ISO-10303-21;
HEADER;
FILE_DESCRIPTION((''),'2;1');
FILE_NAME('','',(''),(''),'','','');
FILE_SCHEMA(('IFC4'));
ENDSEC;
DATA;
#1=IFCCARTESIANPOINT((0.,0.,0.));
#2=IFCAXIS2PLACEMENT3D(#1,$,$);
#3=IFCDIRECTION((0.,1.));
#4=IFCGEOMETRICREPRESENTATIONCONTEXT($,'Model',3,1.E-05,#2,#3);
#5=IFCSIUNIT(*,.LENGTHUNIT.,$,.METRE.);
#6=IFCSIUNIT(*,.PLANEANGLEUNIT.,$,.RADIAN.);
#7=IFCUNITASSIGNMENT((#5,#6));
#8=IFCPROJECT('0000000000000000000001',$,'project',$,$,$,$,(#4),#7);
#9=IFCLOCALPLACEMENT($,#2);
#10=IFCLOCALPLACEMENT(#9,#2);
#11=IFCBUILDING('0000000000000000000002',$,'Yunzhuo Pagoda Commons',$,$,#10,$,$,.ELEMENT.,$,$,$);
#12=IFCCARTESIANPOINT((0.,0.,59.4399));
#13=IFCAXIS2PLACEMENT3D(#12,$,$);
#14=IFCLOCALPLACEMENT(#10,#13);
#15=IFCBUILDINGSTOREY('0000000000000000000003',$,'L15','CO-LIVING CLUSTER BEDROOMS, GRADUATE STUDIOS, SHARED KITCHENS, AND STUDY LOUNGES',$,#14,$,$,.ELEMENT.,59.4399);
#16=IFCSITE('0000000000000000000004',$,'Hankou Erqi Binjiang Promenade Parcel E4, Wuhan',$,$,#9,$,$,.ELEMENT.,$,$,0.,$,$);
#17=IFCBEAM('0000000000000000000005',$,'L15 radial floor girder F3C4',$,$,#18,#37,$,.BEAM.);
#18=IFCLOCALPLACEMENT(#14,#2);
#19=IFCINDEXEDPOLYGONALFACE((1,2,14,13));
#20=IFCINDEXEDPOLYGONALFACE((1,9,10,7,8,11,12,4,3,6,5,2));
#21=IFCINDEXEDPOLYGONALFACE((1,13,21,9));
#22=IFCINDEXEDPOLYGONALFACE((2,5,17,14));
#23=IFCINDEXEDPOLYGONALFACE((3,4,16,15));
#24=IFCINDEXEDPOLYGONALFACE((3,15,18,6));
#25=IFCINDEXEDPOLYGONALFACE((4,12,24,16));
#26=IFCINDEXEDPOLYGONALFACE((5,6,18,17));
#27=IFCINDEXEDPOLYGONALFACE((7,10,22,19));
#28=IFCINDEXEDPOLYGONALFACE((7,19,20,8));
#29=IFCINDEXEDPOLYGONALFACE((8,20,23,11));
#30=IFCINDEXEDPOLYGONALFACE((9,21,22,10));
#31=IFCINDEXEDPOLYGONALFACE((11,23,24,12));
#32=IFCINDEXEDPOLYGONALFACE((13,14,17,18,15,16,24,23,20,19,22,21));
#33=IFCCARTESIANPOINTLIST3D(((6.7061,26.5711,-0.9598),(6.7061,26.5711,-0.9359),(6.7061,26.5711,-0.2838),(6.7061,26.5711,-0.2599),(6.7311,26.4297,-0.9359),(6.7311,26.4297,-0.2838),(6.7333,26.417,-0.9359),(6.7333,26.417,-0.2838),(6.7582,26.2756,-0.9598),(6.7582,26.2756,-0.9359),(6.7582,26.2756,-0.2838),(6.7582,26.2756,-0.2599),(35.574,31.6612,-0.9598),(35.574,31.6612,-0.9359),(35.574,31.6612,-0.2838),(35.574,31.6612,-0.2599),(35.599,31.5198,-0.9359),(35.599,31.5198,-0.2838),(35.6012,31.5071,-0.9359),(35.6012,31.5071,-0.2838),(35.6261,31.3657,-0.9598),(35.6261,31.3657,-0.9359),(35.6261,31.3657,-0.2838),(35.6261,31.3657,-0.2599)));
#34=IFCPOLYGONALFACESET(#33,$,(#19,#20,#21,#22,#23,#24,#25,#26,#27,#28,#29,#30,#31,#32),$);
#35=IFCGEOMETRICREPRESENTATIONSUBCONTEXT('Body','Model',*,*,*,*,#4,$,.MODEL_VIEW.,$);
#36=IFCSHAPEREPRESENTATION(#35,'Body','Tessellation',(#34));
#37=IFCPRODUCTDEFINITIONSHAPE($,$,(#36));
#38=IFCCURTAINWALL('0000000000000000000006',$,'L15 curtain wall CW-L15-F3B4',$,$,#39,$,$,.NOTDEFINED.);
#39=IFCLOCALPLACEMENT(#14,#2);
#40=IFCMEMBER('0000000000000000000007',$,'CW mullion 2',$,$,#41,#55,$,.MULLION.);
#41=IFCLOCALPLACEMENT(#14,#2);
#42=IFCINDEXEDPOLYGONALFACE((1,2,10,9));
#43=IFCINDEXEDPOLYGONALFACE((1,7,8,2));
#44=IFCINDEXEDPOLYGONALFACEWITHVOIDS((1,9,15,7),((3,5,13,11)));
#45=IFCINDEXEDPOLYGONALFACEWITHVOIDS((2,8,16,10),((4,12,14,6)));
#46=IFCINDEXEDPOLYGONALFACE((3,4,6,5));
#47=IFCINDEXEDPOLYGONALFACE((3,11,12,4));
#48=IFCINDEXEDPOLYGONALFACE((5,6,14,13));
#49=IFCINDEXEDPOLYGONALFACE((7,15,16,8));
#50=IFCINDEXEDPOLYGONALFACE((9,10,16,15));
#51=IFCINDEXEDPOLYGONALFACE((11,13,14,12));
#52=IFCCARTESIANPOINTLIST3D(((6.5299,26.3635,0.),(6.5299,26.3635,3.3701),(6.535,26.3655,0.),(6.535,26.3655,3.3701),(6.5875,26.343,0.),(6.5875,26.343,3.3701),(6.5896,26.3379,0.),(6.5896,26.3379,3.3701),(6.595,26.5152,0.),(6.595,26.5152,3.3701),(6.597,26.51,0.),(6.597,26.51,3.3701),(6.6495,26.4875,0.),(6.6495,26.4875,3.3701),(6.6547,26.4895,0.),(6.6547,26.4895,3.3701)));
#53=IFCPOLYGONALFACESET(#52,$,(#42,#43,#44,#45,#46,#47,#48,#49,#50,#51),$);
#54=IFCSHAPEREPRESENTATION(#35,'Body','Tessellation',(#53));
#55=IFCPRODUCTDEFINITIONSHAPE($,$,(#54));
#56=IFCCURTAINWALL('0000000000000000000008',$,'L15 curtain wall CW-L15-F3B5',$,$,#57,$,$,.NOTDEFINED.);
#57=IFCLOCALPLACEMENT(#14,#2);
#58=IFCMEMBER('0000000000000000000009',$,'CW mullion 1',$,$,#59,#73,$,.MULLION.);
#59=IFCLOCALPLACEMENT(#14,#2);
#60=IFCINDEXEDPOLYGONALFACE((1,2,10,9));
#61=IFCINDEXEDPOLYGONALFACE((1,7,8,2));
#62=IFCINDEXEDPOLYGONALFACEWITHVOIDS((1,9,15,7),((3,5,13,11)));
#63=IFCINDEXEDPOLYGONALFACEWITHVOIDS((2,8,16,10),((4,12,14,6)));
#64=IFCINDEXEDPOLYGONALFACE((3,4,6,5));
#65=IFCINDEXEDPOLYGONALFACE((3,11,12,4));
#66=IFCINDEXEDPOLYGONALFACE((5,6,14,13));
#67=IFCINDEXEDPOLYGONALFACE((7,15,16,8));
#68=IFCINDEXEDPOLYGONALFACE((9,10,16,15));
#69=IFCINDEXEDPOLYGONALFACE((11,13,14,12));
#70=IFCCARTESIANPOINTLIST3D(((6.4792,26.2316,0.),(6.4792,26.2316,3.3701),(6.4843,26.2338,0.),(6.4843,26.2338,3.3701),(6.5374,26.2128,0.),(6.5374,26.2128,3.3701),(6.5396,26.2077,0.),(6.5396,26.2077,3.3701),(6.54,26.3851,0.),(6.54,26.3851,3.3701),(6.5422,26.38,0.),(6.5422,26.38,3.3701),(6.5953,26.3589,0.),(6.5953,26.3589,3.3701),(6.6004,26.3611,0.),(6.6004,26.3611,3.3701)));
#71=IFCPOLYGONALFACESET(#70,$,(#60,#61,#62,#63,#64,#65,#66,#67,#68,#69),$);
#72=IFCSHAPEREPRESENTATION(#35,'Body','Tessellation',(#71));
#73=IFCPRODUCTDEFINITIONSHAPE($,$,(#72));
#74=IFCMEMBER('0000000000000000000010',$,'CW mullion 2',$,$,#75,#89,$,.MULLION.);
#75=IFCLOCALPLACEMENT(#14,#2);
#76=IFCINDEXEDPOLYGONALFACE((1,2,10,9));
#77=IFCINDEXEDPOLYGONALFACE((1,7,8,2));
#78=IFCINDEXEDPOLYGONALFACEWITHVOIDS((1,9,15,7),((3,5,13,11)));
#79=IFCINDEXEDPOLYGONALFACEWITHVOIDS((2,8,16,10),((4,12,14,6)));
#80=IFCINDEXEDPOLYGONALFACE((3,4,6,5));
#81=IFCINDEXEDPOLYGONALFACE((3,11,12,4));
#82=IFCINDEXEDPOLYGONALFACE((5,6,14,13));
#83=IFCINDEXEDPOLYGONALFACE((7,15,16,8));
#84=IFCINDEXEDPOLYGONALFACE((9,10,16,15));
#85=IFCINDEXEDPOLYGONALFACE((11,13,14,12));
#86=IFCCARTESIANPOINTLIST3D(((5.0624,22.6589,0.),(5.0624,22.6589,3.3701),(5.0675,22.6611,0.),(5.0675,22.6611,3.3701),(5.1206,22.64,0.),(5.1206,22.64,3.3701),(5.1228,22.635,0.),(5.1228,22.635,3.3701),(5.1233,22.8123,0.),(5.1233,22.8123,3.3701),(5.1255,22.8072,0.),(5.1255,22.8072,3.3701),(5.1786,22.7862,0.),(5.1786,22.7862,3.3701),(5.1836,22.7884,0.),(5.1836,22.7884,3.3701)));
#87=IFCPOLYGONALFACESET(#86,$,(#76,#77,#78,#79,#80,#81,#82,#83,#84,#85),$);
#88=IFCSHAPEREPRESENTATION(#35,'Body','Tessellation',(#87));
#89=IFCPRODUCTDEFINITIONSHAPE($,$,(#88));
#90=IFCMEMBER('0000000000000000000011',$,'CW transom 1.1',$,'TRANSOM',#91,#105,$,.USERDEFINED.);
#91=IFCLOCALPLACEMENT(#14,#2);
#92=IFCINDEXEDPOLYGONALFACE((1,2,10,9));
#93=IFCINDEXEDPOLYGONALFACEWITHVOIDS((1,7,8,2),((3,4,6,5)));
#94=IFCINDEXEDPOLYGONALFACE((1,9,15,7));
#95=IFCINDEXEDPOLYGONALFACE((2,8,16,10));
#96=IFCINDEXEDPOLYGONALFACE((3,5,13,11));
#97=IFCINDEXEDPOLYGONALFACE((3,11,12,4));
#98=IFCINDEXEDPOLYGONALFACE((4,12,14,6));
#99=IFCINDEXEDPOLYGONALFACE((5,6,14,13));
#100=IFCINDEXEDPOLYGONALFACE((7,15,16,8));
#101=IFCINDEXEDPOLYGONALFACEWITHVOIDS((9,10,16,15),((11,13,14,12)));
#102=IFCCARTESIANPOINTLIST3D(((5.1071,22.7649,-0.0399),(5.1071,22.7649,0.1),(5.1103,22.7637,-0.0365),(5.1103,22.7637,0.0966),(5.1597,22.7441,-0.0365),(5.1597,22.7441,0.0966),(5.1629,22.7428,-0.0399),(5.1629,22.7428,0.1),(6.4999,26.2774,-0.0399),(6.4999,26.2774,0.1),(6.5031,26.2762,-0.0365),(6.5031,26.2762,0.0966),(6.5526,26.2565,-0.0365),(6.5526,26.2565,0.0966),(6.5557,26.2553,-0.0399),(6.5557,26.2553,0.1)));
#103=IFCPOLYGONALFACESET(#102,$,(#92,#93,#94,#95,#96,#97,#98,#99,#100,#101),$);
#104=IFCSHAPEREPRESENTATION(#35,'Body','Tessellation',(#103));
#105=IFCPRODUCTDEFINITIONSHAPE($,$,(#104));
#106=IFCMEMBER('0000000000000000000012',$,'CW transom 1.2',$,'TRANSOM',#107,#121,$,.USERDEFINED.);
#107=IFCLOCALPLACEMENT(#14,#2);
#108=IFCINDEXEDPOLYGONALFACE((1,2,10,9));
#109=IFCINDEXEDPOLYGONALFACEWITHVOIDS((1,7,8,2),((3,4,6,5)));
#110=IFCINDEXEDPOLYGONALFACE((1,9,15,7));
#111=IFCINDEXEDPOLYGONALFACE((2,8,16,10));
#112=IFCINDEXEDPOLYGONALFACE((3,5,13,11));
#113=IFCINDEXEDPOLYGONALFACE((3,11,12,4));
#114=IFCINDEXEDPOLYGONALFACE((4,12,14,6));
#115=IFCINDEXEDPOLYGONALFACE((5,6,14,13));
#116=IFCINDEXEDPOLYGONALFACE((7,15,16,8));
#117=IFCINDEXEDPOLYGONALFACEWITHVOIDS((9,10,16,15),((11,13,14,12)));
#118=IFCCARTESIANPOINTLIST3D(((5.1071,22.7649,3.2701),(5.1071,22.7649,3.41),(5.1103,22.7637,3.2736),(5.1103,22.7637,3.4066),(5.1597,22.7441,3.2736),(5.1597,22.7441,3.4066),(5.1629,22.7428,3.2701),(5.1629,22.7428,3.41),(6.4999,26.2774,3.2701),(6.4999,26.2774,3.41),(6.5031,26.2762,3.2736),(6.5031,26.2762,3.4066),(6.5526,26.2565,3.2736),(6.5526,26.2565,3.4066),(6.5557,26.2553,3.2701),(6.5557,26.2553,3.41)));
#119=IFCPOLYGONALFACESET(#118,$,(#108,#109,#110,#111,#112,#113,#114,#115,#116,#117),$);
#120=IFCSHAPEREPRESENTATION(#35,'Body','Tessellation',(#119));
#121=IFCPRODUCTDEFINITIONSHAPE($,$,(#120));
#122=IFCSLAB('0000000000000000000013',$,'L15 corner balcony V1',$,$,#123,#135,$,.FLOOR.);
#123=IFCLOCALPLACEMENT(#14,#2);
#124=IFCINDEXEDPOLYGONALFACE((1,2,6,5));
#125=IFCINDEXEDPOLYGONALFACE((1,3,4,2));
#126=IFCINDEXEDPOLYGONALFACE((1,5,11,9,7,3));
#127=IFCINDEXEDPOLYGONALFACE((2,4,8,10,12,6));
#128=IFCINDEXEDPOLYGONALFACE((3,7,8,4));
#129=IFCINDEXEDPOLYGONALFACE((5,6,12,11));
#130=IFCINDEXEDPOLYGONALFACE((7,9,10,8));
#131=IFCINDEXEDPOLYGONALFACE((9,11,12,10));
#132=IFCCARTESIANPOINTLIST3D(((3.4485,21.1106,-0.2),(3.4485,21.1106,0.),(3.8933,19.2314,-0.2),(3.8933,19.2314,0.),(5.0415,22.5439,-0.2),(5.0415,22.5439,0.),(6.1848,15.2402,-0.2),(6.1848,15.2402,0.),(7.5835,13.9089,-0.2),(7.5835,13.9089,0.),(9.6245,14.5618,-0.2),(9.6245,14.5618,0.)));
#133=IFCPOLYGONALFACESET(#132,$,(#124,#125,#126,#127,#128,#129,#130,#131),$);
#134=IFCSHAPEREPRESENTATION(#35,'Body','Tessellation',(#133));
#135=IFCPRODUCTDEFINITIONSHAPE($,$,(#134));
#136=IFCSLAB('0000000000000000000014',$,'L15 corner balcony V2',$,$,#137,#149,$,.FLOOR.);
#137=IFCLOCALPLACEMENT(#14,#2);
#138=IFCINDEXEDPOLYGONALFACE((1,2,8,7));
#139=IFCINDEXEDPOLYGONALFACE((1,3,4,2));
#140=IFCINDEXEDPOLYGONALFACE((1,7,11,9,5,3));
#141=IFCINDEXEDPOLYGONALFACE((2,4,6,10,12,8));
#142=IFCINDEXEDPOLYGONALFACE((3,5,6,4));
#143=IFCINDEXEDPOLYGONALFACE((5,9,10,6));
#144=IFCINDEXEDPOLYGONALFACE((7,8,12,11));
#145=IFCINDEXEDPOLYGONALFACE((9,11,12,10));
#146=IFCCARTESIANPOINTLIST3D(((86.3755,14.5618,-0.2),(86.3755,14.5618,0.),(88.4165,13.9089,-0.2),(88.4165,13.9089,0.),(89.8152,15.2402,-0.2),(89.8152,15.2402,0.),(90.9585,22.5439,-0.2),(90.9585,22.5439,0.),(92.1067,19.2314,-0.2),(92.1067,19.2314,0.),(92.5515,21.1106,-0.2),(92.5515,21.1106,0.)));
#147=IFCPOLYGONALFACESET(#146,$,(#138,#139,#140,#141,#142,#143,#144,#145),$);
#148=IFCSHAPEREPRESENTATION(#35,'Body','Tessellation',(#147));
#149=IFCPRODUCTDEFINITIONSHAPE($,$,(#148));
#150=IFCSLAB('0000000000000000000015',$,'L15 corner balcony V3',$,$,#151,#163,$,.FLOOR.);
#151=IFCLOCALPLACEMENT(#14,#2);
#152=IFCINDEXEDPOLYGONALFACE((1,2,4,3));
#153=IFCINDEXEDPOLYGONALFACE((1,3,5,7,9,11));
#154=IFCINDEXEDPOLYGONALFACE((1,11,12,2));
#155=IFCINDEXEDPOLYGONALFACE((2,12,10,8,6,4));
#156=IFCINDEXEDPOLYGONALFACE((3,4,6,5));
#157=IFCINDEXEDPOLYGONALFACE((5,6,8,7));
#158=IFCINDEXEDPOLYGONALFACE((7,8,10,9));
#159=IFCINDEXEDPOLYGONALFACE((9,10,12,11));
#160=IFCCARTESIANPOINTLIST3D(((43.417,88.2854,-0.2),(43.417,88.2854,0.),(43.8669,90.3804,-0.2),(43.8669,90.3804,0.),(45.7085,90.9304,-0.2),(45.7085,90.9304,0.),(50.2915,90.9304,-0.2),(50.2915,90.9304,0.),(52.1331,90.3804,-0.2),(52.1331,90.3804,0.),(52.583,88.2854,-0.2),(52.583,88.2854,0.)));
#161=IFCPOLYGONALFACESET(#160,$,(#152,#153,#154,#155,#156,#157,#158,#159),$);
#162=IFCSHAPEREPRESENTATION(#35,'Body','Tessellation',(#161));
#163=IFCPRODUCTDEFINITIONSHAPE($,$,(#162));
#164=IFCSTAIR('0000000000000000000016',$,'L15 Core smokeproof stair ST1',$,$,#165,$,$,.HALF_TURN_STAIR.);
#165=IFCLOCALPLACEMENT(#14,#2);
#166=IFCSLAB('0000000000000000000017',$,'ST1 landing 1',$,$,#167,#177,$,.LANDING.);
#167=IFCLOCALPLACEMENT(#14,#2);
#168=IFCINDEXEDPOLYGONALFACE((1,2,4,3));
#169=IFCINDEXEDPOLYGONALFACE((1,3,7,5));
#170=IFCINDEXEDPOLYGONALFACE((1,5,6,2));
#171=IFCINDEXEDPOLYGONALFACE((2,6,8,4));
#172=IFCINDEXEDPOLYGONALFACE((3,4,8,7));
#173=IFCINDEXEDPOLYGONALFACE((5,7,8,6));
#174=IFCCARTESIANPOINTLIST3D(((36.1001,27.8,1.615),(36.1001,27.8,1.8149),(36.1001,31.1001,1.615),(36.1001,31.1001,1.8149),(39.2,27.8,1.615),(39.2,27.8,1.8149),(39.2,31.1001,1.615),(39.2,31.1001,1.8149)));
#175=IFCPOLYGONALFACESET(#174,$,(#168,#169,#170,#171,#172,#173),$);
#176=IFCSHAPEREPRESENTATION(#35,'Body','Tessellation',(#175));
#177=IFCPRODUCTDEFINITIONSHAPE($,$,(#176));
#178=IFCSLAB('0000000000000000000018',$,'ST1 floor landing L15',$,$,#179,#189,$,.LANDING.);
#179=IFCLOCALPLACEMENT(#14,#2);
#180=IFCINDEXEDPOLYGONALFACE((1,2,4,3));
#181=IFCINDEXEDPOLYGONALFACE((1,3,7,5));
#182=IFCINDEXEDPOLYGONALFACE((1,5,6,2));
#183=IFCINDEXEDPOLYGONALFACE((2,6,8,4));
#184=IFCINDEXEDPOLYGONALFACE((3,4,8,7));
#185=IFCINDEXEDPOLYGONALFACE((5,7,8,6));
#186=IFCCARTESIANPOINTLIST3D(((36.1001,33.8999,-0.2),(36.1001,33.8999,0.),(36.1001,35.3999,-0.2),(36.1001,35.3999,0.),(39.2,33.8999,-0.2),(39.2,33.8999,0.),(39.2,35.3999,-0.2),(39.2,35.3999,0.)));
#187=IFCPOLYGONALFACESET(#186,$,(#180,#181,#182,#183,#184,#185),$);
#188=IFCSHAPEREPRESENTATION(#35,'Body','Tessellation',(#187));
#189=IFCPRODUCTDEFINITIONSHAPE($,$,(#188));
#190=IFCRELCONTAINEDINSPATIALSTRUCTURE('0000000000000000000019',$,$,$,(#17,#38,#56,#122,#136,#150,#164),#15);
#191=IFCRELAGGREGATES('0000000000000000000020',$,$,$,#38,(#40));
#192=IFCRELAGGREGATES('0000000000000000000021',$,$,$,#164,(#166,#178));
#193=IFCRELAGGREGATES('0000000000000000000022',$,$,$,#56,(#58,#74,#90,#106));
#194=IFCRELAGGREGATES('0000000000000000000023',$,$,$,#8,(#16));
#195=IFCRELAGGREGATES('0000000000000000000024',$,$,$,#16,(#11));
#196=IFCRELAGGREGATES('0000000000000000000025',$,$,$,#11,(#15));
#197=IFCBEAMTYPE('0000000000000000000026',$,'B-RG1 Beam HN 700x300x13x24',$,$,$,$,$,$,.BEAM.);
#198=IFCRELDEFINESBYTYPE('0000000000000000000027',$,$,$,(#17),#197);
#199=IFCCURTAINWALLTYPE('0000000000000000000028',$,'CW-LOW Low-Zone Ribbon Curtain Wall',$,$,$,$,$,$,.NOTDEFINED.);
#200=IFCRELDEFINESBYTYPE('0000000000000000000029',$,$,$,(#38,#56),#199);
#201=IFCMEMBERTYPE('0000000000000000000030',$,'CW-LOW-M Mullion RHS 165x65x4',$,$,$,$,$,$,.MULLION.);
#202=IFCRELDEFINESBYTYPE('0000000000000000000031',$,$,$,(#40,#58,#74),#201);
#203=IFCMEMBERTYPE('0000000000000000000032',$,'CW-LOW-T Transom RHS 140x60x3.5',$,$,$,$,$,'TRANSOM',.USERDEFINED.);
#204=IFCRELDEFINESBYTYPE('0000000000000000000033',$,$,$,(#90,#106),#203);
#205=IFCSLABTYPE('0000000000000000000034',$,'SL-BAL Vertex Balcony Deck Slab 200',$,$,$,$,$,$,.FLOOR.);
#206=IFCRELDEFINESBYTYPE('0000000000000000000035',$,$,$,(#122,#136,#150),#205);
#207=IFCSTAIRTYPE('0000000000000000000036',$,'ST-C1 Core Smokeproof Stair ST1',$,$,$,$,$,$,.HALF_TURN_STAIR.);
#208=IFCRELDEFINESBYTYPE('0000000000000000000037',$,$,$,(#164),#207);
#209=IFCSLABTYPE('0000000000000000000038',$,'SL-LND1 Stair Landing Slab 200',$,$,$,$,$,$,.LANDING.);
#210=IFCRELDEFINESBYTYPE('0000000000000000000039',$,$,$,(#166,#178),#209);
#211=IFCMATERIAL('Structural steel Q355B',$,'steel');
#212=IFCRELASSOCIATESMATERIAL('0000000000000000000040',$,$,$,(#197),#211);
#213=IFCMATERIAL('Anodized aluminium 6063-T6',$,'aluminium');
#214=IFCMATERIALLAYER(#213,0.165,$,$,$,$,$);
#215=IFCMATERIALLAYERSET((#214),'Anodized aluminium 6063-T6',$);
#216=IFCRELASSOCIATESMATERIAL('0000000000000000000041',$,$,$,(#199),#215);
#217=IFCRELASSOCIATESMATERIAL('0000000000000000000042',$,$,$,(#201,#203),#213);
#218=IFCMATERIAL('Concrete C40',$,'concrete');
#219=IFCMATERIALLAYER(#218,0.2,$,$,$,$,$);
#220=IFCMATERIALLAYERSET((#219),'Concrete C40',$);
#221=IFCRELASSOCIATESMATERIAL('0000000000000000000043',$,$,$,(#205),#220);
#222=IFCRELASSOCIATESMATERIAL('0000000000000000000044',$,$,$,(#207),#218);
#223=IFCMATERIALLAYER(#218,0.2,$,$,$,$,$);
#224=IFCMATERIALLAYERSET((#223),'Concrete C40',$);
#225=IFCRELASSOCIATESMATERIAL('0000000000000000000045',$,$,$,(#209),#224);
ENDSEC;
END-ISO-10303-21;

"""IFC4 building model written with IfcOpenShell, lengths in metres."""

from ifc_helpers import new_model, si_unit, direction, frame, origin, origin_2d, place, context, subcontext, project, spatial, polyline, hollow_rectangle, i_section, outline, extrude, source, transform, mapped, material, layer, layer_set, material_profile, profile_set, type_object, element, aggregate, save


model = new_model("IFC4")

# Units and contexts
model_context = context("Model", 3, precision=1e-05, world=origin(), true_north=direction((0.0, 1.0)))
body_context = subcontext(model_context, "Body", "Model", "MODEL_VIEW")
ifc_project = project(units=[si_unit("LENGTHUNIT", "METRE"), si_unit("PLANEANGLEUNIT", "RADIAN")], contexts=[model_context])

# Site, building, storey
site_placement = place(None, origin())
site = spatial("IfcSite", under=ifc_project, at=site_placement, Name="Hankou Erqi Binjiang Promenade Parcel E4, Wuhan", CompositionType="ELEMENT", RefElevation=0.0)
building_placement = place(site_placement, origin())
building = spatial("IfcBuilding", under=site, at=building_placement, Name="Yunzhuo Pagoda Commons", CompositionType="ELEMENT")
storey_placement = place(building_placement, frame((0.0, 0.0, 59.4399)))
storey = spatial("IfcBuildingStorey", under=building, at=storey_placement, Name="L15", Description="CO-LIVING CLUSTER BEDROOMS, GRADUATE STUDIOS, SHARED KITCHENS, AND STUDY LOUNGES", CompositionType="ELEMENT", Elevation=59.4399)

# Beam
ifc_material_1 = material(Name="Structural steel Q355B", Category="steel")
ifc_material_profile_1 = material_profile(ifc_material_1, i_section(OverallWidth=0.3, OverallDepth=0.7, WebThickness=0.0129, FlangeThickness=0.0239, at=origin_2d()), Name="Structural steel Q355B")
ifc_profile_set_1 = profile_set([ifc_material_profile_1], Name="Structural steel Q355B")
beam_type = type_object("IfcBeamType", Name="B-RG1 Beam HN 700x300x13x24", PredefinedType="BEAM", material=ifc_profile_set_1)
shared_shape_1 = source(origin(), body_context, "Body", "SweptSolid", [
    extrude(i_section(OverallWidth=0.3, OverallDepth=0.7, WebThickness=0.0129, FlangeThickness=0.0239, at=origin_2d()), origin(), (0.0, 0.0, 1.0), 29.3132),
])
beam_placement = place(storey_placement, frame((6.7322, 26.4233, -0.6099), z_axis=(0.984808, 0.173645, 0.0), x_axis=(-0.173645, 0.984808, 0.0)))
element("IfcBeam", 1, at=beam_placement, inside=storey, type_object=beam_type, Name="L15 radial floor girder F3C4", PredefinedType="BEAM", context=body_context, shape_type="MappedRepresentation", body=[
    mapped(shared_shape_1, transform((0.0, 0.0, 0.0), scale=1.0)),
])

# Curtain wall, member
ifc_material_2 = material(Name="Anodized aluminium 6063-T6", Category="aluminium")
ifc_layer_1 = layer(ifc_material_2, 0.165)
ifc_layer_set_1 = layer_set([ifc_layer_1], Name="Anodized aluminium 6063-T6")
curtain_wall_type = type_object("IfcCurtainWallType", Name="CW-LOW Low-Zone Ribbon Curtain Wall", PredefinedType="NOTDEFINED", material=ifc_layer_set_1)
curtain_wall_1_placement = place(storey_placement, origin())
curtain_wall_1 = element("IfcCurtainWall", 2, at=curtain_wall_1_placement, inside=storey, type_object=curtain_wall_type, Name="L15 curtain wall CW-L15-F3B4", PredefinedType="NOTDEFINED")
ifc_material_profile_2 = material_profile(ifc_material_2, hollow_rectangle(XDim=0.0649, YDim=0.165, WallThickness=0.0039, at=origin_2d()), Name="Anodized aluminium 6063-T6")
ifc_profile_set_2 = profile_set([ifc_material_profile_2], Name="Anodized aluminium 6063-T6")
member_type_1 = type_object("IfcMemberType", Name="CW-LOW-M Mullion RHS 165x65x4", PredefinedType="MULLION", material=ifc_profile_set_2)
shared_shape_2 = source(origin(), body_context, "Body", "SweptSolid", [
    extrude(hollow_rectangle(XDim=0.0649, YDim=0.165, WallThickness=0.0039, at=origin_2d()), origin(), (0.0, 0.0, 1.0), 3.3701),
])
member_1_placement = place(storey_placement, frame((6.5923, 26.4265, 0.0), z_axis=(0.0, 0.0, 1.0), x_axis=(0.918993, -0.394274, 0.0)))
member_1 = element("IfcMember", 3, at=member_1_placement, type_object=member_type_1, Name="CW mullion 2", PredefinedType="MULLION", context=body_context, shape_type="MappedRepresentation", body=[
    mapped(shared_shape_2, transform((0.0, 0.0, 0.0), scale=1.0)),
])
aggregate(curtain_wall_1, [member_1])

# Curtain wall, members
curtain_wall_2_placement = place(storey_placement, origin())
curtain_wall_2 = element("IfcCurtainWall", 4, at=curtain_wall_2_placement, inside=storey, type_object=curtain_wall_type, Name="L15 curtain wall CW-L15-F3B5", PredefinedType="NOTDEFINED")
member_2_placement = place(storey_placement, frame((6.5398, 26.2964, 0.0), z_axis=(0.0, 0.0, 1.0), x_axis=(0.929582, -0.368614, 0.0)))
member_2 = element("IfcMember", 5, at=member_2_placement, type_object=member_type_1, Name="CW mullion 1", PredefinedType="MULLION", context=body_context, shape_type="MappedRepresentation", body=[
    mapped(shared_shape_2, transform((0.0, 0.0, 0.0), scale=1.0)),
])
member_3_placement = place(storey_placement, frame((5.123, 22.7236, 0.0), z_axis=(0.0, 0.0, 1.0), x_axis=(0.929582, -0.368614, 0.0)))
member_3 = element("IfcMember", 6, at=member_3_placement, type_object=member_type_1, Name="CW mullion 2", PredefinedType="MULLION", context=body_context, shape_type="MappedRepresentation", body=[
    mapped(shared_shape_2, transform((0.0, 0.0, 0.0), scale=1.0)),
])
ifc_material_profile_3 = material_profile(ifc_material_2, hollow_rectangle(XDim=0.0601, YDim=0.1399, WallThickness=0.0034, at=origin_2d()), Name="Anodized aluminium 6063-T6")
ifc_profile_set_3 = profile_set([ifc_material_profile_3], Name="Anodized aluminium 6063-T6")
member_type_2 = type_object("IfcMemberType", Name="CW-LOW-T Transom RHS 140x60x3.5", ElementType="TRANSOM", PredefinedType="USERDEFINED", material=ifc_profile_set_3)
shared_shape_3 = source(origin(), body_context, "Body", "SweptSolid", [
    extrude(hollow_rectangle(XDim=0.0601, YDim=0.1399, WallThickness=0.0034, at=origin_2d()), origin(), (0.0, 0.0, 1.0), 3.7786),
])
member_4_placement = place(storey_placement, frame((6.5278, 26.2664, 0.03), z_axis=(-0.368615, -0.929582, 0.0), x_axis=(0.929582, -0.368615, 0.0)))
member_4 = element("IfcMember", 7, at=member_4_placement, type_object=member_type_2, Name="CW transom 1.1", ObjectType="TRANSOM", PredefinedType="USERDEFINED", context=body_context, shape_type="MappedRepresentation", body=[
    mapped(shared_shape_3, transform((0.0, 0.0, 0.0), scale=1.0)),
])
member_5_placement = place(storey_placement, frame((6.5278, 26.2664, 3.3401), z_axis=(-0.368615, -0.929582, 0.0), x_axis=(0.929582, -0.368615, 0.0)))
member_5 = element("IfcMember", 8, at=member_5_placement, type_object=member_type_2, Name="CW transom 1.2", ObjectType="TRANSOM", PredefinedType="USERDEFINED", context=body_context, shape_type="MappedRepresentation", body=[
    mapped(shared_shape_3, transform((0.0, 0.0, 0.0), scale=1.0)),
])

# Slabs
ifc_material_3 = material(Name="Concrete C40", Category="concrete")
ifc_layer_2 = layer(ifc_material_3, 0.2)
ifc_layer_set_2 = layer_set([ifc_layer_2], Name="Concrete C40")
slab_type_1 = type_object("IfcSlabType", Name="SL-BAL Vertex Balcony Deck Slab 200", PredefinedType="FLOOR", material=ifc_layer_set_2)
slab_1_placement = place(storey_placement, frame((0.0, 0.0, -0.2)))
element("IfcSlab", 9, at=slab_1_placement, inside=storey, type_object=slab_type_1, Name="L15 corner balcony V1", PredefinedType="FLOOR", context=body_context, shape_type="SweptSolid", body=[
    extrude(outline(polyline([(5.0415, 22.5439), (9.6245, 14.5618), (7.5835, 13.9089), (6.1848, 15.2402), (3.8933, 19.2314), (3.4485, 21.1106), (5.0415, 22.5439)])), origin(), (0.0, 0.0, 1.0), 0.2),
])
slab_2_placement = place(storey_placement, frame((0.0, 0.0, -0.2)))
element("IfcSlab", 10, at=slab_2_placement, inside=storey, type_object=slab_type_1, Name="L15 corner balcony V2", PredefinedType="FLOOR", context=body_context, shape_type="SweptSolid", body=[
    extrude(outline(polyline([(86.3755, 14.5618), (90.9585, 22.5439), (92.5515, 21.1106), (92.1067, 19.2314), (89.8152, 15.2402), (88.4165, 13.9089), (86.3755, 14.5618)])), origin(), (0.0, 0.0, 1.0), 0.2),
])
slab_3_placement = place(storey_placement, frame((0.0, 0.0, -0.2)))
element("IfcSlab", 11, at=slab_3_placement, inside=storey, type_object=slab_type_1, Name="L15 corner balcony V3", PredefinedType="FLOOR", context=body_context, shape_type="SweptSolid", body=[
    extrude(outline(polyline([(52.583, 88.2854), (43.417, 88.2854), (43.8669, 90.3804), (45.7085, 90.9304), (50.2915, 90.9304), (52.1331, 90.3804), (52.583, 88.2854)])), origin(), (0.0, 0.0, 1.0), 0.2),
])

# Stair, slabs
stair_type_1 = type_object("IfcStairType", Name="ST-C1 Core Smokeproof Stair ST1", PredefinedType="HALF_TURN_STAIR", material=ifc_material_3)
stair_1_placement = place(storey_placement, origin())
stair_1 = element("IfcStair", 12, at=stair_1_placement, inside=storey, type_object=stair_type_1, Name="L15 Core smokeproof stair ST1", PredefinedType="HALF_TURN_STAIR")
ifc_layer_3 = layer(ifc_material_3, 0.2)
ifc_layer_set_3 = layer_set([ifc_layer_3], Name="Concrete C40")
slab_type_2 = type_object("IfcSlabType", Name="SL-LND1 Stair Landing Slab 200", PredefinedType="LANDING", material=ifc_layer_set_3)
slab_4_placement = place(storey_placement, frame((0.0, 0.0, 1.615)))
slab_4 = element("IfcSlab", 13, at=slab_4_placement, type_object=slab_type_2, Name="ST1 landing 1", PredefinedType="LANDING", context=body_context, shape_type="SweptSolid", body=[
    extrude(outline(polyline([(36.1001, 31.1001), (36.1001, 27.8), (39.2, 27.8), (39.2, 31.1001), (36.1001, 31.1001)])), origin(), (0.0, 0.0, 1.0), 0.2),
])
slab_5_placement = place(storey_placement, frame((0.0, 0.0, -0.2)))
slab_5 = element("IfcSlab", 14, at=slab_5_placement, type_object=slab_type_2, Name="ST1 floor landing L15", PredefinedType="LANDING", context=body_context, shape_type="SweptSolid", body=[
    extrude(outline(polyline([(36.1001, 35.3999), (36.1001, 33.8999), (39.2, 33.8999), (39.2, 35.3999), (36.1001, 35.3999)])), origin(), (0.0, 0.0, 1.0), 0.2),
])
aggregate(stair_1, [slab_4, slab_5])

aggregate(curtain_wall_2, [member_2, member_3, member_4, member_5])

save(model, "model.ifc")
